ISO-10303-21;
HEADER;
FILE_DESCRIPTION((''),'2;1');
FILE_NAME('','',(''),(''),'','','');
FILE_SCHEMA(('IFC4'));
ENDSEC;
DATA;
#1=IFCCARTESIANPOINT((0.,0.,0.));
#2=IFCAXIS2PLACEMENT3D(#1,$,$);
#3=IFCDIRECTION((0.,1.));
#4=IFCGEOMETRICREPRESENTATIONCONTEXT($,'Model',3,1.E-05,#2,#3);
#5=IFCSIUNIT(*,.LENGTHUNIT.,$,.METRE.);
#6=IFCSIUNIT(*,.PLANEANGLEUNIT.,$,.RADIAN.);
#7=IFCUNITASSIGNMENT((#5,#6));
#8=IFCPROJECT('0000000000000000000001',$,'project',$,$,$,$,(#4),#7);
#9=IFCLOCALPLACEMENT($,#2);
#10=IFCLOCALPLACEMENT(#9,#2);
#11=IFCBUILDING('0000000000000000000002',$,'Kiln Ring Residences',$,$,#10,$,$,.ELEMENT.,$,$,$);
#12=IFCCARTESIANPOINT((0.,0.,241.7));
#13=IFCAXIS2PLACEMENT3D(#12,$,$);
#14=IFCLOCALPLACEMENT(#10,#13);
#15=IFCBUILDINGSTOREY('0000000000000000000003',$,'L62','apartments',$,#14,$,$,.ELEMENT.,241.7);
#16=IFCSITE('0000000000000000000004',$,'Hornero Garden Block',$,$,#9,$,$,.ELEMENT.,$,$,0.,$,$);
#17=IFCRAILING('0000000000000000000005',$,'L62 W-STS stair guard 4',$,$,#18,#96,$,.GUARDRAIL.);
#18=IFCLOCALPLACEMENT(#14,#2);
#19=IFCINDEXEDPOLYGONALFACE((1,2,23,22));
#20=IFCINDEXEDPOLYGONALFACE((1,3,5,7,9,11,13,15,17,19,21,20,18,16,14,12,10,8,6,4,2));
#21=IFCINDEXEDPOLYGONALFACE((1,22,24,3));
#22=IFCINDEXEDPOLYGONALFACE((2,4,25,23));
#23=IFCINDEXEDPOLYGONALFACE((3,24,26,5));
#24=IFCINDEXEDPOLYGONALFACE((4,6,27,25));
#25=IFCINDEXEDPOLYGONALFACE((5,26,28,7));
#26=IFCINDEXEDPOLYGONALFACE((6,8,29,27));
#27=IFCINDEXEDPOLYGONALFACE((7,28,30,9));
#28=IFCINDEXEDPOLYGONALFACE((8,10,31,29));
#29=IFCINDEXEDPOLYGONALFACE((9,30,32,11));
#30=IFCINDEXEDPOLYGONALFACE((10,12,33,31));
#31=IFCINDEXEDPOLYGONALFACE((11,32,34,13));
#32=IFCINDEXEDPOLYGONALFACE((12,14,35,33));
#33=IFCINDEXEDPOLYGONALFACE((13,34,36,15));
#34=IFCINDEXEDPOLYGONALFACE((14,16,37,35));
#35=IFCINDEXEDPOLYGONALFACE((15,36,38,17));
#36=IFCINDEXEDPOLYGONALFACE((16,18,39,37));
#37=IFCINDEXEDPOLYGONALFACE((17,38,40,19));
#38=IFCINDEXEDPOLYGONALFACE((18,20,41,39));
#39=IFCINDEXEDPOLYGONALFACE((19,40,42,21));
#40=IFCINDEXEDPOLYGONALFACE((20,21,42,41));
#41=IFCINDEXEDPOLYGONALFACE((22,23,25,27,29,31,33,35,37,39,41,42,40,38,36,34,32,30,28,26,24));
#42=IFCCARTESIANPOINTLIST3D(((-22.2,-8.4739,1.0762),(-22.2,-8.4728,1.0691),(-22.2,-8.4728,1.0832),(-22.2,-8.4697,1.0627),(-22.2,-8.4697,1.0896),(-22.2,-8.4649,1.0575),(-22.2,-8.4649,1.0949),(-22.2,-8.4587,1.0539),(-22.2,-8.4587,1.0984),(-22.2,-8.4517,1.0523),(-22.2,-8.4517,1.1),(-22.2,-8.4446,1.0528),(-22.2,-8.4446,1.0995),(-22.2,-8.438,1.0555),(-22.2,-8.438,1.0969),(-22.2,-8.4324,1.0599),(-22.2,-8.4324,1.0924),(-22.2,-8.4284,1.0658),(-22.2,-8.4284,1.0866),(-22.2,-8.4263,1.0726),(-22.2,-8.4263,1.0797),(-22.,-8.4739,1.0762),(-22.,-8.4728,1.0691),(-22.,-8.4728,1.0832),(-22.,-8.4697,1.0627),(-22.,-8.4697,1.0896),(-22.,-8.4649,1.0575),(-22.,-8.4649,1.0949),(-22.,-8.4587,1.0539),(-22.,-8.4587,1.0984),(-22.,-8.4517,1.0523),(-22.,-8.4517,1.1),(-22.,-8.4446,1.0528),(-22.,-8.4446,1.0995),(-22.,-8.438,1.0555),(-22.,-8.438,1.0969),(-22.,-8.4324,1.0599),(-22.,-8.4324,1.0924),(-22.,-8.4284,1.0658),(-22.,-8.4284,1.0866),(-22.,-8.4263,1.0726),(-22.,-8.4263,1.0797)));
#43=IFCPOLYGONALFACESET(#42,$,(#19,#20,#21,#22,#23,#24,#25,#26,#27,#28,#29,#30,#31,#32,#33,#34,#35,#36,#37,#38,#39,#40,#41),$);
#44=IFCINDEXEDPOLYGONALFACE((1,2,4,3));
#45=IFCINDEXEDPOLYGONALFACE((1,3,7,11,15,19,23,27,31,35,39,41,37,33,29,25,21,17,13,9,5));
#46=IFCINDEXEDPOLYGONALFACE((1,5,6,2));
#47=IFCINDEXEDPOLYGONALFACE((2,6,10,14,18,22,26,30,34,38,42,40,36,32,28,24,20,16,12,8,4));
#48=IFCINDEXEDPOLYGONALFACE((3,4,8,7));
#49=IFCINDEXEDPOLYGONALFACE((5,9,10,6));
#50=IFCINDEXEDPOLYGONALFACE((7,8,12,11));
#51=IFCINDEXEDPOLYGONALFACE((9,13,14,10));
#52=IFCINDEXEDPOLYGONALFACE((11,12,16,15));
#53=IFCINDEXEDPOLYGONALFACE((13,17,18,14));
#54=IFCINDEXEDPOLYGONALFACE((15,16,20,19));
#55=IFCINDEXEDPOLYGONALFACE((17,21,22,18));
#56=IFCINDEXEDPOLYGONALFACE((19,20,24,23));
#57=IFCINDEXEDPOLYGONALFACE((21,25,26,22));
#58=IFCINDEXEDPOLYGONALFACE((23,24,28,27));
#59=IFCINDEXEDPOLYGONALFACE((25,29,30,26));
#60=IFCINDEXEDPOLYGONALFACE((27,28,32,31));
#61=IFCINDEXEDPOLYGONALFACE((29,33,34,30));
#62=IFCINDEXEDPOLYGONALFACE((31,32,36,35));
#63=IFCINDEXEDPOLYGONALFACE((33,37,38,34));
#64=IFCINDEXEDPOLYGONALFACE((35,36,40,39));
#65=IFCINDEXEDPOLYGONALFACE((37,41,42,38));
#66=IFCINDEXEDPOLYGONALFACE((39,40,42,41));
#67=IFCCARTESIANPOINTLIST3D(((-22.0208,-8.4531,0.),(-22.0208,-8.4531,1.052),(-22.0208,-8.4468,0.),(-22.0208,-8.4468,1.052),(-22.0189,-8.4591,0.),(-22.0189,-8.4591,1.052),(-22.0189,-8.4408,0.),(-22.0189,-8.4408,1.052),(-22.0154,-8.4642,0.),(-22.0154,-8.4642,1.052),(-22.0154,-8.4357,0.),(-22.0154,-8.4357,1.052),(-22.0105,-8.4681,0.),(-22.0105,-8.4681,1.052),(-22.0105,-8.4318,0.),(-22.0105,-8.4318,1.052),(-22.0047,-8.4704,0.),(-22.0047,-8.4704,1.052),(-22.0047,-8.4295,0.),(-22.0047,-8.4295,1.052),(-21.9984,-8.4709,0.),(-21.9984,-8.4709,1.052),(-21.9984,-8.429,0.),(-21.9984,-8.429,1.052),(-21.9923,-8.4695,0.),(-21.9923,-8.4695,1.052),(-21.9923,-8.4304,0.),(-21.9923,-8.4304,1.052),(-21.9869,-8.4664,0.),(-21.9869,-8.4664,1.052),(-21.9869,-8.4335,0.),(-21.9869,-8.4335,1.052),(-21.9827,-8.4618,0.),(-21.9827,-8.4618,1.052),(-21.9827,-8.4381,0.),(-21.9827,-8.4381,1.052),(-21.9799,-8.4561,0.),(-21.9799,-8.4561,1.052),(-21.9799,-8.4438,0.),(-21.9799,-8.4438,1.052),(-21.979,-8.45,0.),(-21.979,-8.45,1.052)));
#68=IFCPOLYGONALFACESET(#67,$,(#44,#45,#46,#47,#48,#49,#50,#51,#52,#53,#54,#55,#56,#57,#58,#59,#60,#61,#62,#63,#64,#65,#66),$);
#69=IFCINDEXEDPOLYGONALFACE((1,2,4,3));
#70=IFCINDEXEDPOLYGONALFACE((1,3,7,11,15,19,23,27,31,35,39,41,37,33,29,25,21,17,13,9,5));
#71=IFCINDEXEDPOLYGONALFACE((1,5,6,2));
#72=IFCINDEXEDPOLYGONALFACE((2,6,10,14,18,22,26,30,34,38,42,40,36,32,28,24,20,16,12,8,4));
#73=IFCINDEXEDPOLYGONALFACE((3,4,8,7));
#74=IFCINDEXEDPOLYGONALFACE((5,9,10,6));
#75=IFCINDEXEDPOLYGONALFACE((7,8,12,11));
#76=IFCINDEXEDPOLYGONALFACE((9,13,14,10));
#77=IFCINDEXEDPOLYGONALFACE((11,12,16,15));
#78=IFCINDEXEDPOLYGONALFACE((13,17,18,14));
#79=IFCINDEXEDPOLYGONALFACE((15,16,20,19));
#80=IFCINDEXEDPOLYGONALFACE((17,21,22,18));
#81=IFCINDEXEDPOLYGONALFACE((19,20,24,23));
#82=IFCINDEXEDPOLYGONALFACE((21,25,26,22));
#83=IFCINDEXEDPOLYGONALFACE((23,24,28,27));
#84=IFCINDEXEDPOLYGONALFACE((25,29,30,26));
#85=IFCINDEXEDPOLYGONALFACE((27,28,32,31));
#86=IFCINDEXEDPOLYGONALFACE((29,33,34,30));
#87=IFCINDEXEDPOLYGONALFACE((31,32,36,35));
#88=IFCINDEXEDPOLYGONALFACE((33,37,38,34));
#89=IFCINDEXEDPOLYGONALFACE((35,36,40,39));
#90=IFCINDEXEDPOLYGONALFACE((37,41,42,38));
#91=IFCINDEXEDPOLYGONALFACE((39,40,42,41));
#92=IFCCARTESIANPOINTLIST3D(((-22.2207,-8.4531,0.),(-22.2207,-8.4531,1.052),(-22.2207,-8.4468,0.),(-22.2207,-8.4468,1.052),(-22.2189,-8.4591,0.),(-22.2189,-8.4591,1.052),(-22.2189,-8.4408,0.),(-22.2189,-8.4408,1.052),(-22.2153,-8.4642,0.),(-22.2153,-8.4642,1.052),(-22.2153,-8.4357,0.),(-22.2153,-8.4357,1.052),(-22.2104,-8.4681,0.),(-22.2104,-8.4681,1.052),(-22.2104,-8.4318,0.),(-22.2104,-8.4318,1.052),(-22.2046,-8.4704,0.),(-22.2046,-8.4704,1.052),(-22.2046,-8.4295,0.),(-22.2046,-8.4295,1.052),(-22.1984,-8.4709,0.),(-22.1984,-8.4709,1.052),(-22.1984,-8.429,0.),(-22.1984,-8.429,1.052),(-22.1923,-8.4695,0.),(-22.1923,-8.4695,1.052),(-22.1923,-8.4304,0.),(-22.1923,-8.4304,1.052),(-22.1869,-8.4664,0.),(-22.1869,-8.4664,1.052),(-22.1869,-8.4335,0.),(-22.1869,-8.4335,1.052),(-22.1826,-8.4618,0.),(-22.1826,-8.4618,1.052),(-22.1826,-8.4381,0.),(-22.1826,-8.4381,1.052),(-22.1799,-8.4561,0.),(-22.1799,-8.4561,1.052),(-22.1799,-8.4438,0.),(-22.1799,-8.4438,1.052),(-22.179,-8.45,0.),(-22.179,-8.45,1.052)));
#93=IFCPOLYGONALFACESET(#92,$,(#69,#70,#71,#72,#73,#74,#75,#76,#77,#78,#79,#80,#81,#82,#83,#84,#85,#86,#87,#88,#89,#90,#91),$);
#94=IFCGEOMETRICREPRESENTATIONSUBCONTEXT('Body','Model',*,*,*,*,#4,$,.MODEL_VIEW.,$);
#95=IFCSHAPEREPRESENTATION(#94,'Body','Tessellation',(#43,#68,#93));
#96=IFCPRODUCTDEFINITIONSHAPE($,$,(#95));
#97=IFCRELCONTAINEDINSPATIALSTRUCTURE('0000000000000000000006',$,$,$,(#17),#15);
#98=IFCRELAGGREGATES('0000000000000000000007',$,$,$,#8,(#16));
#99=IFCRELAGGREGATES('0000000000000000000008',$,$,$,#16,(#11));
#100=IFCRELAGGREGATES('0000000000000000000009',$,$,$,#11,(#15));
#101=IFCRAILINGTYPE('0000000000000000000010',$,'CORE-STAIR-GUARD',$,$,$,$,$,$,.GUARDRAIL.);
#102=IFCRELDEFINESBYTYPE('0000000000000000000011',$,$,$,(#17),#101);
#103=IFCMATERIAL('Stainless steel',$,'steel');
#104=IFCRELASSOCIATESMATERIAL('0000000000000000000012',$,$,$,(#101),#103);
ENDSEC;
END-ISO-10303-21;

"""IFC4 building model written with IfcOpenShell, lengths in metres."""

from ifc_helpers import new_model, si_unit, direction, frame, origin, origin_2d, place, context, subcontext, project, spatial, circle, extrude, material, type_object, element, save


model = new_model("IFC4")

# Units and contexts
model_context = context("Model", 3, precision=1e-05, world=origin(), true_north=direction((0.0, 1.0)))
body_context = subcontext(model_context, "Body", "Model", "MODEL_VIEW")
ifc_project = project(units=[si_unit("LENGTHUNIT", "METRE"), si_unit("PLANEANGLEUNIT", "RADIAN")], contexts=[model_context])

# Site, building, storey
site_placement = place(None, origin())
site = spatial("IfcSite", under=ifc_project, at=site_placement, Name="Hornero Garden Block", CompositionType="ELEMENT", RefElevation=0.0)
building_placement = place(site_placement, origin())
building = spatial("IfcBuilding", under=site, at=building_placement, Name="Kiln Ring Residences", CompositionType="ELEMENT")
storey_placement = place(building_placement, frame((0.0, 0.0, 241.7)))
storey = spatial("IfcBuildingStorey", under=building, at=storey_placement, Name="L62", Description="apartments", CompositionType="ELEMENT", Elevation=241.7)

# Railing
ifc_material_1 = material(Name="Stainless steel", Category="steel")
railing_type_1 = type_object("IfcRailingType", Name="CORE-STAIR-GUARD", PredefinedType="GUARDRAIL", material=ifc_material_1)
railing_1_placement = place(storey_placement, frame((-22.0, -8.45, 0.0)))
element("IfcRailing", 1, at=railing_1_placement, inside=storey, type_object=railing_type_1, Name="L62 W-STS stair guard 4", PredefinedType="GUARDRAIL", context=body_context, shape_type="SweptSolid", body=[
    extrude(circle(Radius=0.0239, at=origin_2d()), frame((0.0, 0.0, 1.0762), z_axis=(-1.0, 0.0, 0.0), x_axis=(0.0, -1.0, 0.0)), (0.0, 0.0, 1.0), 0.2),
    extrude(circle(Radius=0.021, at=origin_2d()), origin(), (0.0, 0.0, 1.0), 1.052),
    extrude(circle(Radius=0.021, at=origin_2d()), frame((-0.2, 0.0, 0.0)), (0.0, 0.0, 1.0), 1.052),
])

save(model, "model.ifc")
